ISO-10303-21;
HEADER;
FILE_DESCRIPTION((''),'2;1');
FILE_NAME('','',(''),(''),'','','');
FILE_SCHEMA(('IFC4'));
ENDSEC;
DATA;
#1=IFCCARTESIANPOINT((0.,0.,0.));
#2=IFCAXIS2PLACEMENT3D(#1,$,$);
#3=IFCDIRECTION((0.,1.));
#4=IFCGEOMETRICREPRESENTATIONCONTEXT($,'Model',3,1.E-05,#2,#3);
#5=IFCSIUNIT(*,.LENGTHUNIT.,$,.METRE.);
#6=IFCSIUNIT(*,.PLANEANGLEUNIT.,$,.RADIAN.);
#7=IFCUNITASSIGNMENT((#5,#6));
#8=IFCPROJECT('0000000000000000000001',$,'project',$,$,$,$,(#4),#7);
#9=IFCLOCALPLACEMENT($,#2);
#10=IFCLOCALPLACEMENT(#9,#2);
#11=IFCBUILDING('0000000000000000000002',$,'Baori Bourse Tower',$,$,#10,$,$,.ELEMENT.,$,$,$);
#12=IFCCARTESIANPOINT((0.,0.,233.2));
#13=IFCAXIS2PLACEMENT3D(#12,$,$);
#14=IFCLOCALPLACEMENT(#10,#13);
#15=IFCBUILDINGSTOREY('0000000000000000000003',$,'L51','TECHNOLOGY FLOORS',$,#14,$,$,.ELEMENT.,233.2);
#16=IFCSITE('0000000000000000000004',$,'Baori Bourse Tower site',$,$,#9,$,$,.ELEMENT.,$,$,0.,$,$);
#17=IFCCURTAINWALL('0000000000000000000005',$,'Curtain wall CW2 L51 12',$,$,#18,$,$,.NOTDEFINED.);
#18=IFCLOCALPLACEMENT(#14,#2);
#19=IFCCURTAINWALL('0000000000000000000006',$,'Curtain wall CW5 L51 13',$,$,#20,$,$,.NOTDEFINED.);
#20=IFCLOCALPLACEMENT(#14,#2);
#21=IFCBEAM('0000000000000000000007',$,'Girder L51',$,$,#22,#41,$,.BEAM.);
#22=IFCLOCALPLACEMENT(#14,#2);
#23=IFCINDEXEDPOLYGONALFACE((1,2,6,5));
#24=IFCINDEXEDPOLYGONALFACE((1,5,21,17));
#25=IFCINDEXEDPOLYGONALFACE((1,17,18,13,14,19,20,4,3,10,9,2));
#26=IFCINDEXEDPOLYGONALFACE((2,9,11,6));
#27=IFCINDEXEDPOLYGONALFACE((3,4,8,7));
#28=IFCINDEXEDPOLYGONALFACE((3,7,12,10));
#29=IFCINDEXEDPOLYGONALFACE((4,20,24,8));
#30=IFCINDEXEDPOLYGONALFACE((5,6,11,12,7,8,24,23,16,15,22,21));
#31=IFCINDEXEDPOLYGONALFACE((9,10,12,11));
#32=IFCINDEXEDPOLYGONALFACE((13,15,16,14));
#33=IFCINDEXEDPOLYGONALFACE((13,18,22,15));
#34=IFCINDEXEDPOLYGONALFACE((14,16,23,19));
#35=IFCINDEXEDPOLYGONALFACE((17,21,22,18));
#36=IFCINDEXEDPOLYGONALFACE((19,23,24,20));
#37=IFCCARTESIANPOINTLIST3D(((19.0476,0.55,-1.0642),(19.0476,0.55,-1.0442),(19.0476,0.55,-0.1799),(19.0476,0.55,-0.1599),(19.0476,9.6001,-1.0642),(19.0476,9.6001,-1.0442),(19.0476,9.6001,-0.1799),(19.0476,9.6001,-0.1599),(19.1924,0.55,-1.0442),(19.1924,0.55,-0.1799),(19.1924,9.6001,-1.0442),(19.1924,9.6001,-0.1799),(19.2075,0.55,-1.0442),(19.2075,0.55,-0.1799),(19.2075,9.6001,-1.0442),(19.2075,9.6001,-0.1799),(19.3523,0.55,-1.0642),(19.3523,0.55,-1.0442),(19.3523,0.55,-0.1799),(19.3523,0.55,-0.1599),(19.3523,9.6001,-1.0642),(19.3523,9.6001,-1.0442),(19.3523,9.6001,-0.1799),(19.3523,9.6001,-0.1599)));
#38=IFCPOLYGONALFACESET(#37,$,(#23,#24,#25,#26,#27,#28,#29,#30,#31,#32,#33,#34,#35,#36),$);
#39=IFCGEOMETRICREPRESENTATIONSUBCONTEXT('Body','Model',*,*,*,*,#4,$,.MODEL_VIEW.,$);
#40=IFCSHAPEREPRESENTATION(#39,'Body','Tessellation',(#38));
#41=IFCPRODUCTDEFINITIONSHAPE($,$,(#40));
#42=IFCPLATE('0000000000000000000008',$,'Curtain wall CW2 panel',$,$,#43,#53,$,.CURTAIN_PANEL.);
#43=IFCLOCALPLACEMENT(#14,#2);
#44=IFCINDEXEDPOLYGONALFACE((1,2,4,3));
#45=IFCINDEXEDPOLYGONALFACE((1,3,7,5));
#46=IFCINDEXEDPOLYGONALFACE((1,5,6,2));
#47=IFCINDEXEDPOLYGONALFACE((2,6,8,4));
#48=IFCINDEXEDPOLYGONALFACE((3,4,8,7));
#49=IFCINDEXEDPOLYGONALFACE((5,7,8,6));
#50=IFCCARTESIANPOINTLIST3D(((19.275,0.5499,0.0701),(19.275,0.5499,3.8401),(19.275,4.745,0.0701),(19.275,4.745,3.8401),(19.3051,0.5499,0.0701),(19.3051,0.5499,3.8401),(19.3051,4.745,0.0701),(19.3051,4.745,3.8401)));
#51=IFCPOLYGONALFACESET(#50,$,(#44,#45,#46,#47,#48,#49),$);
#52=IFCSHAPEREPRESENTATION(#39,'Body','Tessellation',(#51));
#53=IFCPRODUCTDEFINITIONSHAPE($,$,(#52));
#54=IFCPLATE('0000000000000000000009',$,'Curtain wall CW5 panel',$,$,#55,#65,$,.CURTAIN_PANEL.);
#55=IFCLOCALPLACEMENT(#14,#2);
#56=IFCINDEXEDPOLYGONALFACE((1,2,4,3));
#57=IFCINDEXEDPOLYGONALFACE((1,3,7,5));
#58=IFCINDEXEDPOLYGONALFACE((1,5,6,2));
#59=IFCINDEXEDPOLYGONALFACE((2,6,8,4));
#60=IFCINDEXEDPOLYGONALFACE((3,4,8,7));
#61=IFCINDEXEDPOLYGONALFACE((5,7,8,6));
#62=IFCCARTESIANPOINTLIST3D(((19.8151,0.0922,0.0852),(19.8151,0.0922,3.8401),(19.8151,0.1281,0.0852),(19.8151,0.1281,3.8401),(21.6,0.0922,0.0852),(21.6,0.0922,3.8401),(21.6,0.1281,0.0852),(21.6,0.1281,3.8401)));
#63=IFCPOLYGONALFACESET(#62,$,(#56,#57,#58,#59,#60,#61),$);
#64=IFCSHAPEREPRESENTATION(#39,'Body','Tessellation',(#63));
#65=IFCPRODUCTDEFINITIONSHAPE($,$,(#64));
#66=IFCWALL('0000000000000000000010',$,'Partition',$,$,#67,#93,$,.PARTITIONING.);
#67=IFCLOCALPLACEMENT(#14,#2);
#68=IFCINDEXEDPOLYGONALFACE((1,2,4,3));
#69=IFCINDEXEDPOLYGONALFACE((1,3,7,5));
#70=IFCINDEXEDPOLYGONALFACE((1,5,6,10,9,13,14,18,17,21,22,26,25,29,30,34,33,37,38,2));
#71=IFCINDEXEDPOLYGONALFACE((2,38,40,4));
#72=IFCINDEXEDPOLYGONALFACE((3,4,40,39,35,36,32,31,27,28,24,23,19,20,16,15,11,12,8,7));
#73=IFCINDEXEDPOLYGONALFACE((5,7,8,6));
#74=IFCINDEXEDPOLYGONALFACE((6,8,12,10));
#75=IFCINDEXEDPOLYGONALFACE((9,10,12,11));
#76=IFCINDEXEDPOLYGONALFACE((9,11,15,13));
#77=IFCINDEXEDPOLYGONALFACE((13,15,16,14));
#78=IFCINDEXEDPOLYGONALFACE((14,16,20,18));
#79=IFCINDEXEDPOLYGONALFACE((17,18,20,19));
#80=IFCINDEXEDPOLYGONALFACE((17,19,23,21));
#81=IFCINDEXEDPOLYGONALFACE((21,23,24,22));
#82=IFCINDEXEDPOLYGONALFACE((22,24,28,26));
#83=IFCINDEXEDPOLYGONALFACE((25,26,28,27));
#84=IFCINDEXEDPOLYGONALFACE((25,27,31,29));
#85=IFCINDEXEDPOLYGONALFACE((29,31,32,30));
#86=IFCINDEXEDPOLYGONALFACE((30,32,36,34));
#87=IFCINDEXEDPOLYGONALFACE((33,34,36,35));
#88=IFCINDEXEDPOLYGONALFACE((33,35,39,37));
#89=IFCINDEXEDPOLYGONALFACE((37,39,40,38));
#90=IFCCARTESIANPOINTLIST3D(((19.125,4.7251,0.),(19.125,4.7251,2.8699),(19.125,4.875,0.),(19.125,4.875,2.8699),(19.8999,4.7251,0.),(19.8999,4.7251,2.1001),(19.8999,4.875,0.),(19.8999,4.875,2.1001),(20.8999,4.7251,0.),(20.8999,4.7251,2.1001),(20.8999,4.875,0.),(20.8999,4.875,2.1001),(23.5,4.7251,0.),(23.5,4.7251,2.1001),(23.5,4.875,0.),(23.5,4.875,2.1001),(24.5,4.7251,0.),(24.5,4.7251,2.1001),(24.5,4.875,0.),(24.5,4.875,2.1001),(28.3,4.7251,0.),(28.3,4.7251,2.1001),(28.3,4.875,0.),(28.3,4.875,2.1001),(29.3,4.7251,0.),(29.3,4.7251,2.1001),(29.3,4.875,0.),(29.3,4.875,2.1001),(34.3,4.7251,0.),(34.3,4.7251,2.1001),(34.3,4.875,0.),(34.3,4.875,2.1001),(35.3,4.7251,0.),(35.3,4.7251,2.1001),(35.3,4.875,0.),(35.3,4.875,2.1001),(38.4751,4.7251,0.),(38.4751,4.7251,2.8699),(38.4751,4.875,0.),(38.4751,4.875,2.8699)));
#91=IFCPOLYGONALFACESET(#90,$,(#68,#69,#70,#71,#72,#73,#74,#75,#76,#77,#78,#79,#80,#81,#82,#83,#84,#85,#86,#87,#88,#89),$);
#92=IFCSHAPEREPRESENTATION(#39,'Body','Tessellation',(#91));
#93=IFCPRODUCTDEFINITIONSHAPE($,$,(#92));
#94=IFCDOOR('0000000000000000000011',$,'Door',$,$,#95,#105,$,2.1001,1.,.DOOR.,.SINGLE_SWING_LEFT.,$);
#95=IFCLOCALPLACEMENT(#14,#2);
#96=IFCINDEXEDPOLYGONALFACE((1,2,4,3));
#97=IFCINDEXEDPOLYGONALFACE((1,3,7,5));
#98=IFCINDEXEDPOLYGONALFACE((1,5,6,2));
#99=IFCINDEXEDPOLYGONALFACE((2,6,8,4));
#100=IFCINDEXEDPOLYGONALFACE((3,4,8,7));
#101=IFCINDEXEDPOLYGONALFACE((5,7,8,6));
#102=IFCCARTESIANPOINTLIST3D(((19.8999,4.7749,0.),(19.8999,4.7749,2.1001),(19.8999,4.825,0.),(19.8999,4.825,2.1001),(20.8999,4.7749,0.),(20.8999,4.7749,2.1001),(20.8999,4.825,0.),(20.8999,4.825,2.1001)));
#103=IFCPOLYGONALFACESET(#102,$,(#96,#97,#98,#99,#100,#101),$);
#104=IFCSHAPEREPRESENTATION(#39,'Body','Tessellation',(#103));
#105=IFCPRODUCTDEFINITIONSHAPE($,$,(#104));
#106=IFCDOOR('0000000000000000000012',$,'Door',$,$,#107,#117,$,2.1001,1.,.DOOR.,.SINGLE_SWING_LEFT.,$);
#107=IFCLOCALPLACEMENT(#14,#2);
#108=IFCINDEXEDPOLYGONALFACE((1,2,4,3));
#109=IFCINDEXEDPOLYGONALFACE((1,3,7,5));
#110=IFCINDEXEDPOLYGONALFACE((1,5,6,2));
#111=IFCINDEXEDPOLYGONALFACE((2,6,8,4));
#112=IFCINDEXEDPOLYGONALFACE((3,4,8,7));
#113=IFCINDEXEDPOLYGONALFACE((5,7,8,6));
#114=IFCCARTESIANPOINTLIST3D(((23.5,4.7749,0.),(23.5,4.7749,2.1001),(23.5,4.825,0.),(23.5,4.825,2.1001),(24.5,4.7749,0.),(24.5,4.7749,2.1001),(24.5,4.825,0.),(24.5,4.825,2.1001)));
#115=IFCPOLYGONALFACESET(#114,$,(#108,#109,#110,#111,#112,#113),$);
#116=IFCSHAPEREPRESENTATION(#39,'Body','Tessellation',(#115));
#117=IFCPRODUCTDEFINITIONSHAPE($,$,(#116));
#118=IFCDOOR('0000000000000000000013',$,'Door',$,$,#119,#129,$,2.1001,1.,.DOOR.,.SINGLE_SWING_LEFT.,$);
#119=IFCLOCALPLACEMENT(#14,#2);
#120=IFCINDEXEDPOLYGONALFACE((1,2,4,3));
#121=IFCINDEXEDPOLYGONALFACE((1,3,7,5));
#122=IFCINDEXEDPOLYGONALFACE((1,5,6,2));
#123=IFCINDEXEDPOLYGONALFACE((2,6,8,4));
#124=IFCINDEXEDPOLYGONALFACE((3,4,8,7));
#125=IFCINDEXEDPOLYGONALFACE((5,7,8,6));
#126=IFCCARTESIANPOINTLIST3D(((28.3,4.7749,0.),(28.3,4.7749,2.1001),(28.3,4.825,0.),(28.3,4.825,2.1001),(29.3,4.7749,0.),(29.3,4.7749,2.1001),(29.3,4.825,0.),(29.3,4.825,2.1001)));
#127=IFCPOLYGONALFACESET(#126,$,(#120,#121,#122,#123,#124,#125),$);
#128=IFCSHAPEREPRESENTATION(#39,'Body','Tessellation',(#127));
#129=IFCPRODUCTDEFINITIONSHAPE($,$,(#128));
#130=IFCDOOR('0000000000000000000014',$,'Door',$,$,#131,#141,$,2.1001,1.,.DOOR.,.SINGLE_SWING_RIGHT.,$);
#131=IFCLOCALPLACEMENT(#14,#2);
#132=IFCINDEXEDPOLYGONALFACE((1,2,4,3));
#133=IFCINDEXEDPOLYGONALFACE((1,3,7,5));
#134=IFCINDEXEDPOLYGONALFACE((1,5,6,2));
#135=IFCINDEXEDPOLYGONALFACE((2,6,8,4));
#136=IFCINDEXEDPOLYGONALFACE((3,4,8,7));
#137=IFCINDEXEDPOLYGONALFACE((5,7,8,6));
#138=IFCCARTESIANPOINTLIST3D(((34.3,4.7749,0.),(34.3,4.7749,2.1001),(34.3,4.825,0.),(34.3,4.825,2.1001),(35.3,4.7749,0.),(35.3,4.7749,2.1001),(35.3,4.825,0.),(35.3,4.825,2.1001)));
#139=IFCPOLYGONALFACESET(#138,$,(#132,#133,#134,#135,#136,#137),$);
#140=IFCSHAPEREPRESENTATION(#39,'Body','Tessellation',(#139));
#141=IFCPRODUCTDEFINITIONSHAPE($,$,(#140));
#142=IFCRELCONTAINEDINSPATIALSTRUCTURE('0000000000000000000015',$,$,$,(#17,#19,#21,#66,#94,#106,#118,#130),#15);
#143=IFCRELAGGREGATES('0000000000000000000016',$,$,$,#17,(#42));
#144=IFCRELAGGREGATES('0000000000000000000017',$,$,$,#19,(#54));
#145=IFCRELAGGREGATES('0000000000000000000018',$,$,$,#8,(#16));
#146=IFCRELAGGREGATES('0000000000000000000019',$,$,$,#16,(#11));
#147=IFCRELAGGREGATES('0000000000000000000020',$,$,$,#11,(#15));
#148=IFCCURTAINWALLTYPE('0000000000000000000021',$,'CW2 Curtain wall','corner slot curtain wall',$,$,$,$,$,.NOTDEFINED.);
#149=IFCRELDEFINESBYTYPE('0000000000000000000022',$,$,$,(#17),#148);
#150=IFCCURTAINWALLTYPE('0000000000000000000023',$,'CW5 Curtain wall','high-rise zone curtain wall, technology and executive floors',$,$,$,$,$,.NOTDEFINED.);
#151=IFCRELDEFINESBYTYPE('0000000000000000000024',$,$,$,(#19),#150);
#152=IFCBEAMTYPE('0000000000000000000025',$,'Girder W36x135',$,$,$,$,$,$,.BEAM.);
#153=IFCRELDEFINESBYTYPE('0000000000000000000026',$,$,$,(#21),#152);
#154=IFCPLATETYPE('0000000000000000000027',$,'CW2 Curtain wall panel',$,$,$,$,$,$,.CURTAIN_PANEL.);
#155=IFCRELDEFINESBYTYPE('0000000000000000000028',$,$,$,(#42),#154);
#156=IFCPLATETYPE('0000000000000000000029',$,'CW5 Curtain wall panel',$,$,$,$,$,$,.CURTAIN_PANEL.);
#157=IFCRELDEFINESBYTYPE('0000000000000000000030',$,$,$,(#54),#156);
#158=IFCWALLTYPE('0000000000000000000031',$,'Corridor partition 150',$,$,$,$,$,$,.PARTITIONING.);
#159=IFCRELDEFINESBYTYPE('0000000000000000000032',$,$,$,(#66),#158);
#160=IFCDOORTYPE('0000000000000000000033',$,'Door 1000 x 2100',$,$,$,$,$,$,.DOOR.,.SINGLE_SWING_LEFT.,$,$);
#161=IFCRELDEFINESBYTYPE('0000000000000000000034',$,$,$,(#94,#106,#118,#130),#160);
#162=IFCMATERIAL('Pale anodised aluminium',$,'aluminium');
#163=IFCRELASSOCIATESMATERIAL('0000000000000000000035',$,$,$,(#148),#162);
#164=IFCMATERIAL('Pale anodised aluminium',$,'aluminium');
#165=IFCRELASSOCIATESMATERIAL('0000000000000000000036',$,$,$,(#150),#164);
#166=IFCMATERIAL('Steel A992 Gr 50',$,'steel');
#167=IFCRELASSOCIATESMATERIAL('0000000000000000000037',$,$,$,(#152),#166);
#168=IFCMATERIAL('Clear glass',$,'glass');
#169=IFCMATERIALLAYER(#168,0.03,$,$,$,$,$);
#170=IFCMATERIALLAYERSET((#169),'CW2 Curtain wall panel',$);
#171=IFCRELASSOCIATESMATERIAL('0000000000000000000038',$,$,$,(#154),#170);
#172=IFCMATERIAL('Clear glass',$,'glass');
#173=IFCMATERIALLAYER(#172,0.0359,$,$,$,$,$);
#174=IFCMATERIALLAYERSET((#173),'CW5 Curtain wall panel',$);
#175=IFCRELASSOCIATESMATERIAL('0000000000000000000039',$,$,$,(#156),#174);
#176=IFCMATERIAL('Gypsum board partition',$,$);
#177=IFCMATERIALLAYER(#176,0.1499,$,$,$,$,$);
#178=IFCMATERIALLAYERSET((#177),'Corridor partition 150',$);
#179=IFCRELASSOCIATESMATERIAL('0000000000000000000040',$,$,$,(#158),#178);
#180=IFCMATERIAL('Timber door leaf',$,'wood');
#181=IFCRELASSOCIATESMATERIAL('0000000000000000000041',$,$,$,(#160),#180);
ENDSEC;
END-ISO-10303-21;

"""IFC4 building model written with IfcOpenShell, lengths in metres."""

from ifc_helpers import new_model, si_unit, direction, frame, frame_2d, origin, origin_2d, place, context, subcontext, project, spatial, rectangle, i_section, extrude, material, layer, layer_set, material_profile, profile_set, type_object, element, fill, aggregate, save


model = new_model("IFC4")

# Units and contexts
model_context = context("Model", 3, precision=1e-05, world=origin(), true_north=direction((0.0, 1.0)))
body_context = subcontext(model_context, "Body", "Model", "MODEL_VIEW")
ifc_project = project(units=[si_unit("LENGTHUNIT", "METRE"), si_unit("PLANEANGLEUNIT", "RADIAN")], contexts=[model_context])

# Site, building, storey
site_placement = place(None, origin())
site = spatial("IfcSite", under=ifc_project, at=site_placement, Name="Baori Bourse Tower site", CompositionType="ELEMENT", RefElevation=0.0)
building_placement = place(site_placement, origin())
building = spatial("IfcBuilding", under=site, at=building_placement, Name="Baori Bourse Tower", CompositionType="ELEMENT")
storey_placement = place(building_placement, frame((0.0, 0.0, 233.2)))
storey = spatial("IfcBuildingStorey", under=building, at=storey_placement, Name="L51", Description="TECHNOLOGY FLOORS", CompositionType="ELEMENT", Elevation=233.2)

# Curtain walls
ifc_material_1 = material(Name="Pale anodised aluminium", Category="aluminium")
curtain_wall_type_1 = type_object("IfcCurtainWallType", Name="CW2 Curtain wall", Description="corner slot curtain wall", PredefinedType="NOTDEFINED", material=ifc_material_1)
curtain_wall_1_placement = place(storey_placement, origin())
curtain_wall_1 = element("IfcCurtainWall", 1, at=curtain_wall_1_placement, inside=storey, type_object=curtain_wall_type_1, Name="Curtain wall CW2 L51 12", PredefinedType="NOTDEFINED")
ifc_material_2 = material(Name="Pale anodised aluminium", Category="aluminium")
curtain_wall_type_2 = type_object("IfcCurtainWallType", Name="CW5 Curtain wall", Description="high-rise zone curtain wall, technology and executive floors", PredefinedType="NOTDEFINED", material=ifc_material_2)
curtain_wall_2_placement = place(storey_placement, origin())
curtain_wall_2 = element("IfcCurtainWall", 2, at=curtain_wall_2_placement, inside=storey, type_object=curtain_wall_type_2, Name="Curtain wall CW5 L51 13", PredefinedType="NOTDEFINED")

# Beam
ifc_material_3 = material(Name="Steel A992 Gr 50", Category="steel")
ifc_material_profile_1 = material_profile(ifc_material_3, i_section(OverallWidth=0.3047, OverallDepth=0.9043, WebThickness=0.0151, FlangeThickness=0.02, at=origin_2d()), Name="W36x135")
ifc_profile_set_1 = profile_set([ifc_material_profile_1], Name="Steel A992 Gr 50")
beam_type_1 = type_object("IfcBeamType", Name="Girder W36x135", PredefinedType="BEAM", material=ifc_profile_set_1)
beam_1_placement = place(storey_placement, frame((19.2, 0.55, -0.6121), z_axis=(0.0, 1.0, 0.0), x_axis=(-1.0, 0.0, 0.0)))
element("IfcBeam", 3, at=beam_1_placement, inside=storey, type_object=beam_type_1, Name="Girder L51", PredefinedType="BEAM", context=body_context, shape_type="SweptSolid", body=[
    extrude(i_section(OverallWidth=0.3047, OverallDepth=0.9043, WebThickness=0.0151, FlangeThickness=0.02, at=origin_2d()), origin(), (0.0, 0.0, 1.0), 9.05),
])

# Plates
ifc_material_4 = material(Name="Clear glass", Category="glass")
ifc_layer_1 = layer(ifc_material_4, 0.03)
ifc_layer_set_1 = layer_set([ifc_layer_1], Name="CW2 Curtain wall panel")
plate_type_1 = type_object("IfcPlateType", Name="CW2 Curtain wall panel", PredefinedType="CURTAIN_PANEL", material=ifc_layer_set_1)
plate_1_placement = place(storey_placement, frame((19.29, 2.6475, 0.0701), z_axis=(0.0, 0.0, 1.0), x_axis=(0.0, -1.0, 0.0)))
plate_1 = element("IfcPlate", 4, at=plate_1_placement, type_object=plate_type_1, Name="Curtain wall CW2 panel", PredefinedType="CURTAIN_PANEL", context=body_context, shape_type="SweptSolid", body=[
    extrude(rectangle(XDim=4.1951, YDim=0.03, at=origin_2d()), origin(), (0.0, 0.0, 1.0), 3.77),
])
aggregate(curtain_wall_1, [plate_1])
ifc_material_5 = material(Name="Clear glass", Category="glass")
ifc_layer_2 = layer(ifc_material_5, 0.0359)
ifc_layer_set_2 = layer_set([ifc_layer_2], Name="CW5 Curtain wall panel")
plate_type_2 = type_object("IfcPlateType", Name="CW5 Curtain wall panel", PredefinedType="CURTAIN_PANEL", material=ifc_layer_set_2)
plate_2_placement = place(storey_placement, frame((20.7075, 0.1101, 0.0852), z_axis=(0.0, 0.0, 1.0), x_axis=(1.0, 0.0, 0.0)))
plate_2 = element("IfcPlate", 5, at=plate_2_placement, type_object=plate_type_2, Name="Curtain wall CW5 panel", PredefinedType="CURTAIN_PANEL", context=body_context, shape_type="SweptSolid", body=[
    extrude(rectangle(XDim=1.7849, YDim=0.0359, at=origin_2d()), origin(), (0.0, 0.0, 1.0), 3.7549),
])
aggregate(curtain_wall_2, [plate_2])

# Wall, openings, doors
ifc_material_6 = material(Name="Gypsum board partition")
ifc_layer_3 = layer(ifc_material_6, 0.1499)
ifc_layer_set_3 = layer_set([ifc_layer_3], Name="Corridor partition 150")
wall_type_1 = type_object("IfcWallType", Name="Corridor partition 150", PredefinedType="PARTITIONING", material=ifc_layer_set_3)
wall_1_placement = place(storey_placement, frame((19.125, 4.8, 0.0), z_axis=(0.0, 0.0, 1.0), x_axis=(1.0, 0.0, 0.0)))
wall_1 = element("IfcWall", 6, at=wall_1_placement, inside=storey, type_object=wall_type_1, Name="Partition", PredefinedType="PARTITIONING", context=body_context, shape_type="SweptSolid", body=[
    extrude(rectangle(XDim=19.3501, YDim=0.1499, at=frame_2d((9.675, 0.0))), origin(), (0.0, 0.0, 1.0), 2.8699),
])
opening_1_placement = place(wall_1_placement, frame((0.7749, 0.0, 0.0)))
opening_1 = element("IfcOpeningElement", 7, at=opening_1_placement, cuts=wall_1, PredefinedType="OPENING", context=body_context, shape_type="SweptSolid", body=[
    extrude(rectangle(XDim=1.0, YDim=2.1001, at=frame_2d((0.5, 1.05))), frame((0.0, 0.085, 0.0), z_axis=(0.0, -1.0, 0.0), x_axis=(1.0, 0.0, 0.0)), (0.0, 0.0, 1.0), 0.1699),
])
opening_2_placement = place(wall_1_placement, frame((4.375, 0.0, 0.0)))
opening_2 = element("IfcOpeningElement", 8, at=opening_2_placement, cuts=wall_1, PredefinedType="OPENING", context=body_context, shape_type="SweptSolid", body=[
    extrude(rectangle(XDim=1.0, YDim=2.1001, at=frame_2d((0.5, 1.05))), frame((0.0, 0.085, 0.0), z_axis=(0.0, -1.0, 0.0), x_axis=(1.0, 0.0, 0.0)), (0.0, 0.0, 1.0), 0.1699),
])
opening_3_placement = place(wall_1_placement, frame((9.175, 0.0, 0.0)))
opening_3 = element("IfcOpeningElement", 9, at=opening_3_placement, cuts=wall_1, PredefinedType="OPENING", context=body_context, shape_type="SweptSolid", body=[
    extrude(rectangle(XDim=1.0, YDim=2.1001, at=frame_2d((0.5, 1.05))), frame((0.0, 0.085, 0.0), z_axis=(0.0, -1.0, 0.0), x_axis=(1.0, 0.0, 0.0)), (0.0, 0.0, 1.0), 0.1699),
])
opening_4_placement = place(wall_1_placement, frame((15.175, 0.0, 0.0)))
opening_4 = element("IfcOpeningElement", 10, at=opening_4_placement, cuts=wall_1, PredefinedType="OPENING", context=body_context, shape_type="SweptSolid", body=[
    extrude(rectangle(XDim=1.0, YDim=2.1001, at=frame_2d((0.5, 1.05))), frame((0.0, 0.085, 0.0), z_axis=(0.0, -1.0, 0.0), x_axis=(1.0, 0.0, 0.0)), (0.0, 0.0, 1.0), 0.1699),
])
ifc_material_7 = material(Name="Timber door leaf", Category="wood")
door_type = type_object("IfcDoorType", Name="Door 1000 x 2100", OperationType="SINGLE_SWING_LEFT", PredefinedType="DOOR", material=ifc_material_7)
door_1_placement = place(opening_1_placement, origin())
door_1 = element("IfcDoor", 11, at=door_1_placement, inside=storey, type_object=door_type, Name="Door", OperationType="SINGLE_SWING_LEFT", OverallHeight=2.1001, OverallWidth=1.0, PredefinedType="DOOR", context=body_context, shape_type="SweptSolid", body=[
    extrude(rectangle(XDim=1.0, YDim=2.1001, at=frame_2d((0.5, 1.05))), frame((0.0, 0.0249, 0.0), z_axis=(0.0, -1.0, 0.0), x_axis=(1.0, 0.0, 0.0)), (0.0, 0.0, 1.0), 0.05),
])
fill(opening_1, door_1)
door_2_placement = place(opening_2_placement, origin())
door_2 = element("IfcDoor", 12, at=door_2_placement, inside=storey, type_object=door_type, Name="Door", OperationType="SINGLE_SWING_LEFT", OverallHeight=2.1001, OverallWidth=1.0, PredefinedType="DOOR", context=body_context, shape_type="SweptSolid", body=[
    extrude(rectangle(XDim=1.0, YDim=2.1001, at=frame_2d((0.5, 1.05))), frame((0.0, 0.0249, 0.0), z_axis=(0.0, -1.0, 0.0), x_axis=(1.0, 0.0, 0.0)), (0.0, 0.0, 1.0), 0.05),
])
fill(opening_2, door_2)
door_3_placement = place(opening_3_placement, origin())
door_3 = element("IfcDoor", 13, at=door_3_placement, inside=storey, type_object=door_type, Name="Door", OperationType="SINGLE_SWING_LEFT", OverallHeight=2.1001, OverallWidth=1.0, PredefinedType="DOOR", context=body_context, shape_type="SweptSolid", body=[
    extrude(rectangle(XDim=1.0, YDim=2.1001, at=frame_2d((0.5, 1.05))), frame((0.0, 0.0249, 0.0), z_axis=(0.0, -1.0, 0.0), x_axis=(1.0, 0.0, 0.0)), (0.0, 0.0, 1.0), 0.05),
])
fill(opening_3, door_3)
door_4_placement = place(opening_4_placement, origin())
door_4 = element("IfcDoor", 14, at=door_4_placement, inside=storey, type_object=door_type, Name="Door", OperationType="SINGLE_SWING_RIGHT", OverallHeight=2.1001, OverallWidth=1.0, PredefinedType="DOOR", context=body_context, shape_type="SweptSolid", body=[
    extrude(rectangle(XDim=1.0, YDim=2.1001, at=frame_2d((0.5, 1.05))), frame((0.0, 0.0249, 0.0), z_axis=(0.0, -1.0, 0.0), x_axis=(1.0, 0.0, 0.0)), (0.0, 0.0, 1.0), 0.05),
])
fill(opening_4, door_4)

save(model, "model.ifc")
